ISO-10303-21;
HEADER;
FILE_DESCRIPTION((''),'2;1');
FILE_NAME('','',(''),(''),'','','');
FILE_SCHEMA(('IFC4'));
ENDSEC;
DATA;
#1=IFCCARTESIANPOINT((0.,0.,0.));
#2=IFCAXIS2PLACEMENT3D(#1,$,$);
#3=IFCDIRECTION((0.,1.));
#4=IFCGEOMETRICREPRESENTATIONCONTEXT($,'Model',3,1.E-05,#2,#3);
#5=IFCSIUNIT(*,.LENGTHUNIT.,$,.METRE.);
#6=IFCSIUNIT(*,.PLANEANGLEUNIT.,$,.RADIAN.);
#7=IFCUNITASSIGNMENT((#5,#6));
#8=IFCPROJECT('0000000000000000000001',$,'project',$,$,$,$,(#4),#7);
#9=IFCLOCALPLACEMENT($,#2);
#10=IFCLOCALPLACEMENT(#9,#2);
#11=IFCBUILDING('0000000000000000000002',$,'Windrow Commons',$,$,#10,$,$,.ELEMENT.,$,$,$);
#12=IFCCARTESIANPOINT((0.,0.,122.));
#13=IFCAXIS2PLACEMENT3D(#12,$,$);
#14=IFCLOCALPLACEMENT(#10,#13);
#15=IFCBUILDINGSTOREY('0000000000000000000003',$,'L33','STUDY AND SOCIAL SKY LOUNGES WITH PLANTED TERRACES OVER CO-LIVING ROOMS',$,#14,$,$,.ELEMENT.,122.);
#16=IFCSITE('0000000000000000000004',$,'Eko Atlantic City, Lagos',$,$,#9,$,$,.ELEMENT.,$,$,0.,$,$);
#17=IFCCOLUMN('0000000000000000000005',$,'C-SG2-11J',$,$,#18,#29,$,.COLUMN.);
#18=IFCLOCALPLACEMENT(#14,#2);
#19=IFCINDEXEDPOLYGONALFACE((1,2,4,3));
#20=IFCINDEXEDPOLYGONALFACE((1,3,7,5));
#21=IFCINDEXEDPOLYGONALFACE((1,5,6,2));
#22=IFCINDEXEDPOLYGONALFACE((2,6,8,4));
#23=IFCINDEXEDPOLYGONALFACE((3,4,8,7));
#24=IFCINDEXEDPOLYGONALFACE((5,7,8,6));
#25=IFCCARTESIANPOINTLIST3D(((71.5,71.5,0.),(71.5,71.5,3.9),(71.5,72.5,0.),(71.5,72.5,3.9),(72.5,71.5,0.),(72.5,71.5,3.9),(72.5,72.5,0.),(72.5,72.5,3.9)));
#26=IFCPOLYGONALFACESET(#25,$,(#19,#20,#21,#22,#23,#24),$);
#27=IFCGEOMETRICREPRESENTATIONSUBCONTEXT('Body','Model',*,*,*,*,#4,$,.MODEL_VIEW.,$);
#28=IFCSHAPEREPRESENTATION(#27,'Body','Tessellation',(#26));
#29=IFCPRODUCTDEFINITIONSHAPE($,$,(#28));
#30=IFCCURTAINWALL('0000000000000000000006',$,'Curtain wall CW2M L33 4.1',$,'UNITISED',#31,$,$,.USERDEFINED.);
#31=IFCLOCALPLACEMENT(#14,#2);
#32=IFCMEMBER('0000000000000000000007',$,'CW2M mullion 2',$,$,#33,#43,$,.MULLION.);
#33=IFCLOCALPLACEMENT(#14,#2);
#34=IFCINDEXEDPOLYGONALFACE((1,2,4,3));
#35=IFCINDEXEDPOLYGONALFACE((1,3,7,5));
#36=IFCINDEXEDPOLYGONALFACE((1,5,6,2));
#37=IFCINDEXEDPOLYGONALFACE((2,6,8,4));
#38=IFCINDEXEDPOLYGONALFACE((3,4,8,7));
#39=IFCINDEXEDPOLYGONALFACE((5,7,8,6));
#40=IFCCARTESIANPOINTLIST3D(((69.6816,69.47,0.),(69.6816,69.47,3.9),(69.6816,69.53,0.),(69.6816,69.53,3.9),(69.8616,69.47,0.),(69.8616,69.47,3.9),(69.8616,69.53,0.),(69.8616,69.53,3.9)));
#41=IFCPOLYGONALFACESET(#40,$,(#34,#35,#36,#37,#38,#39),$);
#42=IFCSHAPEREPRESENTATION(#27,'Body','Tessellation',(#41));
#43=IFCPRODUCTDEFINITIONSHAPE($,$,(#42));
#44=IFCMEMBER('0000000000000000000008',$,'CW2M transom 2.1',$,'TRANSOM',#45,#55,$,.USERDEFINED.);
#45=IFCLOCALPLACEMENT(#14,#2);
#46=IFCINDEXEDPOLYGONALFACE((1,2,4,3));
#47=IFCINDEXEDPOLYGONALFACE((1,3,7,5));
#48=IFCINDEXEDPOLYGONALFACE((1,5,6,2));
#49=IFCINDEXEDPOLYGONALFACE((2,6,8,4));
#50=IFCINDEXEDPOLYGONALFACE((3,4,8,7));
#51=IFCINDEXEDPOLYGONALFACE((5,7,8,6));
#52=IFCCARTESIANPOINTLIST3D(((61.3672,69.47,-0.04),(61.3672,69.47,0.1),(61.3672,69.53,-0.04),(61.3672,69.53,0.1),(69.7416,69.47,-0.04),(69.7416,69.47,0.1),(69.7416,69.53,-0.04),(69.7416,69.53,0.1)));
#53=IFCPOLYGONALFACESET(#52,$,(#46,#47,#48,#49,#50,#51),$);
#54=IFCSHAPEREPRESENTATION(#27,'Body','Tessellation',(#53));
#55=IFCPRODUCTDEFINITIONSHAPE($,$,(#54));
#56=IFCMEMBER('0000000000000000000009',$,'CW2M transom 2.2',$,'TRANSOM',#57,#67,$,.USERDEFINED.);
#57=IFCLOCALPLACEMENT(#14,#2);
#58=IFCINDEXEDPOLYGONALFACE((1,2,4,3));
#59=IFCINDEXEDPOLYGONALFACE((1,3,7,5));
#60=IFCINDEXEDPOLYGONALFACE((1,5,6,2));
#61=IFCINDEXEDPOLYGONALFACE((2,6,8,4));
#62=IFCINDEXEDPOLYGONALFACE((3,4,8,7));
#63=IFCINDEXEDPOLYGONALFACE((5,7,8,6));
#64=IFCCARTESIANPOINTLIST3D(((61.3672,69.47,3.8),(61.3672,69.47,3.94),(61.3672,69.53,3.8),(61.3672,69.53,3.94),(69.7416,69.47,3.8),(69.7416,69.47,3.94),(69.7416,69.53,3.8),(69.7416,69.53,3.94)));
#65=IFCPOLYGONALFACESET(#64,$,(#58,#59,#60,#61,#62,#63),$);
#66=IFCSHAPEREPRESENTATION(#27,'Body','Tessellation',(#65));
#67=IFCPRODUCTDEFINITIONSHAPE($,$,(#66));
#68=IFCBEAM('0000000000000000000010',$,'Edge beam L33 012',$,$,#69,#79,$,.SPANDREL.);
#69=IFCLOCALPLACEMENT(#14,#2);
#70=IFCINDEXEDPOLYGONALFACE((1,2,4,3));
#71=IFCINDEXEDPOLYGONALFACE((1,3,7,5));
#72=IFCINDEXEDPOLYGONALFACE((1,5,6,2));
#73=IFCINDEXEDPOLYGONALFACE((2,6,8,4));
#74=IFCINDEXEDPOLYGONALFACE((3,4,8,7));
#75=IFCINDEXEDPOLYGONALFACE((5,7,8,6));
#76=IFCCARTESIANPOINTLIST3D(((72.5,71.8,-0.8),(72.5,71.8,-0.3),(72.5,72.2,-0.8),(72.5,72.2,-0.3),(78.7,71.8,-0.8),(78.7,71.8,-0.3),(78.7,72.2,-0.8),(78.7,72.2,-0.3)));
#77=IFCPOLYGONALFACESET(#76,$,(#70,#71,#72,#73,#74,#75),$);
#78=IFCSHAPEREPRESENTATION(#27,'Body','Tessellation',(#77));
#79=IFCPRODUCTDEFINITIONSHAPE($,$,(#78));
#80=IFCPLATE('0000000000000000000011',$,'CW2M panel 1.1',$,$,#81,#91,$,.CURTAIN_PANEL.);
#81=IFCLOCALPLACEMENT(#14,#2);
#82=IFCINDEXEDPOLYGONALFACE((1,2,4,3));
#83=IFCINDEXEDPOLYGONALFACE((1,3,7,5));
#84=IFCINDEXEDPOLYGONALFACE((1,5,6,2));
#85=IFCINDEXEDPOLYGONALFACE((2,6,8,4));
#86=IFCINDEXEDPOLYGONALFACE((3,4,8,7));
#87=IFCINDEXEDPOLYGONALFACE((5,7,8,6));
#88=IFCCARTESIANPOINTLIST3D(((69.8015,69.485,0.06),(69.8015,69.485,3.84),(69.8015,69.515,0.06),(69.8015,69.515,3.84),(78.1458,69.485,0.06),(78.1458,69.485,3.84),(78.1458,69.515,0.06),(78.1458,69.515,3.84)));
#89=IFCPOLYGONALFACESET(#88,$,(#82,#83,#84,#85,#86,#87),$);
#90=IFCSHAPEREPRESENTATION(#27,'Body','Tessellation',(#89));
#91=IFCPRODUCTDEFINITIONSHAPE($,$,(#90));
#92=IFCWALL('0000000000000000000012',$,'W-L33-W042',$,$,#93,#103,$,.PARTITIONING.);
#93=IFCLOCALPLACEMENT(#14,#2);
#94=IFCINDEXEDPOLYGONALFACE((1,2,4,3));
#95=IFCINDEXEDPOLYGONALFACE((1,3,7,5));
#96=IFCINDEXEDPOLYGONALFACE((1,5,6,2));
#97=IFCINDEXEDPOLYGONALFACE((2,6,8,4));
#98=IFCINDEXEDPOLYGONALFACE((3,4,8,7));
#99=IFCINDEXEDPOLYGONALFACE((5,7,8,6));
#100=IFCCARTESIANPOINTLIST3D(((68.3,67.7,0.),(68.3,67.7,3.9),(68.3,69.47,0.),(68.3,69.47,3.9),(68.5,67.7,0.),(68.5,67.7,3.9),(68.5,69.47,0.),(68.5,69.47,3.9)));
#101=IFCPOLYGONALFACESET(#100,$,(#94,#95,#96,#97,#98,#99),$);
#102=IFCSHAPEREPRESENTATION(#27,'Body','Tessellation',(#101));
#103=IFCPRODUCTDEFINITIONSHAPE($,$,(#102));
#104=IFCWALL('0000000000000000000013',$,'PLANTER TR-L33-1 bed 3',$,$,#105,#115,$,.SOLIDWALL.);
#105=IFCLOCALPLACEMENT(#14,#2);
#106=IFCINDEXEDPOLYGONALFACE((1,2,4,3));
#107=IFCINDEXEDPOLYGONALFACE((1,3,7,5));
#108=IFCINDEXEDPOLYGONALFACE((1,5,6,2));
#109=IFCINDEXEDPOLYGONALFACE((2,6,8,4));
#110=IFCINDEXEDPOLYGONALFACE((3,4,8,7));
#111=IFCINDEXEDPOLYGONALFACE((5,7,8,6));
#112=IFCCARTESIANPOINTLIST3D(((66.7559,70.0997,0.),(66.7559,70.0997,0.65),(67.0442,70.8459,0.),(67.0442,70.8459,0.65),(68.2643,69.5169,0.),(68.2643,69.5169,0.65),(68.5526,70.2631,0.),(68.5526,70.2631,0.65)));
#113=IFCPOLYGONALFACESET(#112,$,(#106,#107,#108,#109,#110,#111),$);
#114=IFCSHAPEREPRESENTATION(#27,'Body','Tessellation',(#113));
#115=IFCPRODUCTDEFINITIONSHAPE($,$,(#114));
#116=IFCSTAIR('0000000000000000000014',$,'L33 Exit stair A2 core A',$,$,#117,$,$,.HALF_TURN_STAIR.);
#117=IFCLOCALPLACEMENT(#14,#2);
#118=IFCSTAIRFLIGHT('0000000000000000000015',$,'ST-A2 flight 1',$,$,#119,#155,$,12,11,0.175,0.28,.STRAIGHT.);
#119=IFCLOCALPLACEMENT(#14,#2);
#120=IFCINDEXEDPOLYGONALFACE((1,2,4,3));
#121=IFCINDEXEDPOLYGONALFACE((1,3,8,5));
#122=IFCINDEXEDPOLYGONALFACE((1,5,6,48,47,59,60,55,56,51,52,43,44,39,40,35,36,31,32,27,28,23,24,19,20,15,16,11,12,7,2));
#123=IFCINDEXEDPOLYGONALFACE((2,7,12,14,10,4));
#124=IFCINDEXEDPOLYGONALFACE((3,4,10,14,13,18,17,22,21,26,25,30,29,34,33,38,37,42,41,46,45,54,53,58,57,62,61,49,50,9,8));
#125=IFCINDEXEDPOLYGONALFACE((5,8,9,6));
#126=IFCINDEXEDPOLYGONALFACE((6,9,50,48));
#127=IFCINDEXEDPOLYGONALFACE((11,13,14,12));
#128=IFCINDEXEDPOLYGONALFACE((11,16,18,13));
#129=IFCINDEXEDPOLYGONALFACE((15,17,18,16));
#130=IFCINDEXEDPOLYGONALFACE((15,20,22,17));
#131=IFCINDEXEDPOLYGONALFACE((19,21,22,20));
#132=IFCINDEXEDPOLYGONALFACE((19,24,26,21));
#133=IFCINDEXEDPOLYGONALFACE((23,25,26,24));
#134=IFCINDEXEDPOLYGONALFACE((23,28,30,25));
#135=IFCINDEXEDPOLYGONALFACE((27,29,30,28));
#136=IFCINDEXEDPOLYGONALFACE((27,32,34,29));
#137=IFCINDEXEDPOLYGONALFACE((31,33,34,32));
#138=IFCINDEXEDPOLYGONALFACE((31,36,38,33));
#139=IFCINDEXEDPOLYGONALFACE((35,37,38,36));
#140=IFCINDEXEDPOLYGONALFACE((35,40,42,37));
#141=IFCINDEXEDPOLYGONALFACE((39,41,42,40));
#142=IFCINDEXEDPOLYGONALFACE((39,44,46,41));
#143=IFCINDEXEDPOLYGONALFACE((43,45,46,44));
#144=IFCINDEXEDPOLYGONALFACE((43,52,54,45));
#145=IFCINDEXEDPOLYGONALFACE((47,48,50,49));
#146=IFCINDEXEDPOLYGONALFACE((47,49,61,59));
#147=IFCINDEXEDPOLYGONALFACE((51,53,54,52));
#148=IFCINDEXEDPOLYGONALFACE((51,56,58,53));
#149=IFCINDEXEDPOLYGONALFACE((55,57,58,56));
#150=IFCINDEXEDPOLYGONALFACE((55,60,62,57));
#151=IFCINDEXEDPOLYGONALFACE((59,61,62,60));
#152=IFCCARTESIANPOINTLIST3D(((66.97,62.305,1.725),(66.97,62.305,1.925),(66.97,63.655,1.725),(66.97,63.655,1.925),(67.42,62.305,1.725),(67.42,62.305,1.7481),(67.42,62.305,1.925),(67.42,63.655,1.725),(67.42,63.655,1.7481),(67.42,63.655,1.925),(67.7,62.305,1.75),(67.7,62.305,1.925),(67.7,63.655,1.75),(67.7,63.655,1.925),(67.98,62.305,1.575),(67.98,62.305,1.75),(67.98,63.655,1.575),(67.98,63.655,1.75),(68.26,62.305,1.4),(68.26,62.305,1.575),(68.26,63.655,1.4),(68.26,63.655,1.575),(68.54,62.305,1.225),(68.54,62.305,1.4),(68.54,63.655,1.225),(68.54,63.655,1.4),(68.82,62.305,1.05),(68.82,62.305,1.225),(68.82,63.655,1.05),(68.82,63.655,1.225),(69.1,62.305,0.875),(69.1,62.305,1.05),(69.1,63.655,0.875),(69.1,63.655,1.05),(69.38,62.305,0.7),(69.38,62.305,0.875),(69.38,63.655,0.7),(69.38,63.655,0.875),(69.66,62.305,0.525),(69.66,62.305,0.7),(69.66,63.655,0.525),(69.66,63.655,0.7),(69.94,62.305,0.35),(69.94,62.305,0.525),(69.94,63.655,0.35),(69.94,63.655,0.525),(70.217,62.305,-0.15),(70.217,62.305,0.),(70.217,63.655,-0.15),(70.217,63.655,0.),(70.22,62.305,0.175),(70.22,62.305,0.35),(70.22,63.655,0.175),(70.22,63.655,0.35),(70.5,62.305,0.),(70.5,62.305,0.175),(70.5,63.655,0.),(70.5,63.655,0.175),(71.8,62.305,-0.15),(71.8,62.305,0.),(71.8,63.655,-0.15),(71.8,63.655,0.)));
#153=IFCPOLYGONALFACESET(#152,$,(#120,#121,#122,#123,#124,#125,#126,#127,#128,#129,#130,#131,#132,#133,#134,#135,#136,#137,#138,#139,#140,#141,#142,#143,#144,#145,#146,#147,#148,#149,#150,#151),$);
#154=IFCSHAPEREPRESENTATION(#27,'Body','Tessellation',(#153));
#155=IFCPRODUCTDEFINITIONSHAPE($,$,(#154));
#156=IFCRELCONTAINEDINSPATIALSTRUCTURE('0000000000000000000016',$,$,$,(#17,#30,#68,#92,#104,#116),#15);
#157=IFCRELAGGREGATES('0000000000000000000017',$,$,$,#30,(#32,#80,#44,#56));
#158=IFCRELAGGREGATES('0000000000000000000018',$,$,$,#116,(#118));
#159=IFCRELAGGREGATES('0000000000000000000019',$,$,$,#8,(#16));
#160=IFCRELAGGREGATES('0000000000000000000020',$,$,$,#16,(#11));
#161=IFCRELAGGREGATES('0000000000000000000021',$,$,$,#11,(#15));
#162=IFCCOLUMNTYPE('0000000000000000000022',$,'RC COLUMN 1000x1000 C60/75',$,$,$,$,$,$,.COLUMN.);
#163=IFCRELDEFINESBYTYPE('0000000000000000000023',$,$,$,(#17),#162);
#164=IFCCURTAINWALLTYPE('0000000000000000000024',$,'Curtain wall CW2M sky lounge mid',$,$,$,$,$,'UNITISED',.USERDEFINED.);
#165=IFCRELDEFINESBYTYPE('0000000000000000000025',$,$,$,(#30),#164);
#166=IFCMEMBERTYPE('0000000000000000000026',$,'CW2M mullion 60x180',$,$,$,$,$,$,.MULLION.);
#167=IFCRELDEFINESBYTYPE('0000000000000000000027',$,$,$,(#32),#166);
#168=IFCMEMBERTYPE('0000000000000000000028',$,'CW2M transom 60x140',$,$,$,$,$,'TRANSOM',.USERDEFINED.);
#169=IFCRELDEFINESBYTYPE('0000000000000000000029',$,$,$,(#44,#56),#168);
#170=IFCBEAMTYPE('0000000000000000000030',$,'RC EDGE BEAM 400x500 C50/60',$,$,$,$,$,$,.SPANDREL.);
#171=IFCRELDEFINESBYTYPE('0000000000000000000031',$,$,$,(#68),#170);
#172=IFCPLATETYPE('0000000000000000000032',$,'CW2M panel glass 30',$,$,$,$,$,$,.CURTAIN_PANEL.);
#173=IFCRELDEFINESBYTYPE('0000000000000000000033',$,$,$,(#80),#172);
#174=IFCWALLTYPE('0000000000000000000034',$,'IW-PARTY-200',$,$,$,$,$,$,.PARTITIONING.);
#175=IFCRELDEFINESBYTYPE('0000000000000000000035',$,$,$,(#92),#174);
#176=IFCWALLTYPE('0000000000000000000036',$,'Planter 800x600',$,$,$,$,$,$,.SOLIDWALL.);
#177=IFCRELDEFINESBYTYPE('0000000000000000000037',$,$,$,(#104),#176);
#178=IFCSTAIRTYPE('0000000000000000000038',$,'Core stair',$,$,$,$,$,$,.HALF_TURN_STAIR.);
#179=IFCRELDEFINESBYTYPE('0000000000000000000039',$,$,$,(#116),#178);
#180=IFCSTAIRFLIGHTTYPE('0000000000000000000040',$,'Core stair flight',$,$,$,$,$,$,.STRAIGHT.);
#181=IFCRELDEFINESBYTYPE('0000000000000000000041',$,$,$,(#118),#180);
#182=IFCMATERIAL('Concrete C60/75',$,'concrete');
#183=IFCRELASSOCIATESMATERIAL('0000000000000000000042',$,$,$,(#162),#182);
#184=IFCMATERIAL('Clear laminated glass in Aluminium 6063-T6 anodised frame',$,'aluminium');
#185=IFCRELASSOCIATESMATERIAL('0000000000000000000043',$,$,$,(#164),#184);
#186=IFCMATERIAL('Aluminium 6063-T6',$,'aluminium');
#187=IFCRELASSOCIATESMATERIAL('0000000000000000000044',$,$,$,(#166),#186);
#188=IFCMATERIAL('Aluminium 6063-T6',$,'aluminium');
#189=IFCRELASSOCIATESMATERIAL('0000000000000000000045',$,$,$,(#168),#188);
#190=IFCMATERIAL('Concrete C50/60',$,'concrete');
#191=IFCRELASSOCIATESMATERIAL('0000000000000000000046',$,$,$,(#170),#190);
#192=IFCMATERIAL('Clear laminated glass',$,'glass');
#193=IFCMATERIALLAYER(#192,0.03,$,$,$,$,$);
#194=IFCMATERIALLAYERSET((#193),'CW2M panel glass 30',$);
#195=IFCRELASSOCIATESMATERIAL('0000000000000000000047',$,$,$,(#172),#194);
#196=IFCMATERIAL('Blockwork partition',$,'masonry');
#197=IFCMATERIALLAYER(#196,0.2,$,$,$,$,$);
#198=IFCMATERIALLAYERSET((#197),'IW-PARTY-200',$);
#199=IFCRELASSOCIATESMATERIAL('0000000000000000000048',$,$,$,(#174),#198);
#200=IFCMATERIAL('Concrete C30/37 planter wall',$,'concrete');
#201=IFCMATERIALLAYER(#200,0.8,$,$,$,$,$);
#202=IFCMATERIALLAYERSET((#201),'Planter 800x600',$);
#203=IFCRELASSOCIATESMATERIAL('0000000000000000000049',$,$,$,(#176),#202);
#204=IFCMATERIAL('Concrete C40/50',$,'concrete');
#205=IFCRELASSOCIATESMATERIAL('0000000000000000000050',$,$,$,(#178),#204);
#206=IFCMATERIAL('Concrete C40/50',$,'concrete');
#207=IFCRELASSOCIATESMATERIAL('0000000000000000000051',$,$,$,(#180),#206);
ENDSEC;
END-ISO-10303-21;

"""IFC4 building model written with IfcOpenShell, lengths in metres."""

from ifc_helpers import new_model, si_unit, direction, frame, frame_2d, origin, origin_2d, place, context, subcontext, project, spatial, polyline, rectangle, outline, extrude, material, layer, layer_set, material_profile, profile_set, type_object, element, aggregate, save


model = new_model("IFC4")

# Units and contexts
model_context = context("Model", 3, precision=1e-05, world=origin(), true_north=direction((0.0, 1.0)))
body_context = subcontext(model_context, "Body", "Model", "MODEL_VIEW")
ifc_project = project(units=[si_unit("LENGTHUNIT", "METRE"), si_unit("PLANEANGLEUNIT", "RADIAN")], contexts=[model_context])

# Site, building, storey
site_placement = place(None, origin())
site = spatial("IfcSite", under=ifc_project, at=site_placement, Name="Eko Atlantic City, Lagos", CompositionType="ELEMENT", RefElevation=0.0)
building_placement = place(site_placement, origin())
building = spatial("IfcBuilding", under=site, at=building_placement, Name="Windrow Commons", CompositionType="ELEMENT")
storey_placement = place(building_placement, frame((0.0, 0.0, 122.0)))
storey = spatial("IfcBuildingStorey", under=building, at=storey_placement, Name="L33", Description="STUDY AND SOCIAL SKY LOUNGES WITH PLANTED TERRACES OVER CO-LIVING ROOMS", CompositionType="ELEMENT", Elevation=122.0)

# Column
ifc_material_1 = material(Name="Concrete C60/75", Category="concrete")
ifc_material_profile_1 = material_profile(ifc_material_1, rectangle(XDim=1.0, YDim=1.0, at=origin_2d()))
ifc_profile_set_1 = profile_set([ifc_material_profile_1], Name="Concrete C60/75")
column_type = type_object("IfcColumnType", Name="RC COLUMN 1000x1000 C60/75", PredefinedType="COLUMN", material=ifc_profile_set_1)
column_placement = place(storey_placement, frame((72.0, 72.0, 0.0), z_axis=(0.0, 0.0, 1.0), x_axis=(1.0, 0.0, 0.0)))
element("IfcColumn", 1, at=column_placement, inside=storey, type_object=column_type, Name="C-SG2-11J", PredefinedType="COLUMN", context=body_context, shape_type="SweptSolid", body=[
    extrude(rectangle(XDim=1.0, YDim=1.0, at=origin_2d()), origin(), (0.0, 0.0, 1.0), 3.9),
])

# Curtain wall, members
ifc_material_2 = material(Name="Clear laminated glass in Aluminium 6063-T6 anodised frame", Category="aluminium")
curtain_wall_type = type_object("IfcCurtainWallType", Name="Curtain wall CW2M sky lounge mid", ElementType="UNITISED", PredefinedType="USERDEFINED", material=ifc_material_2)
placement = place(storey_placement, origin())
curtain_wall = element("IfcCurtainWall", 2, at=placement, inside=storey, type_object=curtain_wall_type, Name="Curtain wall CW2M L33 4.1", ObjectType="UNITISED", PredefinedType="USERDEFINED")
ifc_material_3 = material(Name="Aluminium 6063-T6", Category="aluminium")
ifc_material_profile_2 = material_profile(ifc_material_3, rectangle(XDim=0.06, YDim=0.18, at=origin_2d()))
ifc_profile_set_2 = profile_set([ifc_material_profile_2], Name="Aluminium 6063-T6")
member_type_1 = type_object("IfcMemberType", Name="CW2M mullion 60x180", PredefinedType="MULLION", material=ifc_profile_set_2)
member_1_placement = place(storey_placement, frame((69.7716, 69.5, 0.0), z_axis=(0.0, 0.0, 1.0), x_axis=(0.0, -1.0, 0.0)))
member_1 = element("IfcMember", 3, at=member_1_placement, type_object=member_type_1, Name="CW2M mullion 2", PredefinedType="MULLION", context=body_context, shape_type="SweptSolid", body=[
    extrude(rectangle(XDim=0.06, YDim=0.18, at=origin_2d()), origin(), (0.0, 0.0, 1.0), 3.9),
])
ifc_material_4 = material(Name="Aluminium 6063-T6", Category="aluminium")
ifc_material_profile_3 = material_profile(ifc_material_4, rectangle(XDim=0.06, YDim=0.14, at=origin_2d()))
ifc_profile_set_3 = profile_set([ifc_material_profile_3], Name="Aluminium 6063-T6")
member_type_2 = type_object("IfcMemberType", Name="CW2M transom 60x140", ElementType="TRANSOM", PredefinedType="USERDEFINED", material=ifc_profile_set_3)
member_2_placement = place(storey_placement, frame((69.7416, 69.5, 0.03), z_axis=(-1.0, 0.0, 0.0), x_axis=(0.0, -1.0, 0.0)))
member_2 = element("IfcMember", 4, at=member_2_placement, type_object=member_type_2, Name="CW2M transom 2.1", ObjectType="TRANSOM", PredefinedType="USERDEFINED", context=body_context, shape_type="SweptSolid", body=[
    extrude(rectangle(XDim=0.06, YDim=0.14, at=origin_2d()), origin(), (0.0, 0.0, 1.0), 8.3744),
])
member_3_placement = place(storey_placement, frame((69.7416, 69.5, 3.87), z_axis=(-1.0, 0.0, 0.0), x_axis=(0.0, -1.0, 0.0)))
member_3 = element("IfcMember", 5, at=member_3_placement, type_object=member_type_2, Name="CW2M transom 2.2", ObjectType="TRANSOM", PredefinedType="USERDEFINED", context=body_context, shape_type="SweptSolid", body=[
    extrude(rectangle(XDim=0.06, YDim=0.14, at=origin_2d()), origin(), (0.0, 0.0, 1.0), 8.3744),
])

# Beam
ifc_material_5 = material(Name="Concrete C50/60", Category="concrete")
ifc_material_profile_4 = material_profile(ifc_material_5, rectangle(XDim=0.4, YDim=0.5, at=origin_2d()))
ifc_profile_set_4 = profile_set([ifc_material_profile_4], Name="Concrete C50/60")
beam_type = type_object("IfcBeamType", Name="RC EDGE BEAM 400x500 C50/60", PredefinedType="SPANDREL", material=ifc_profile_set_4)
beam_placement = place(storey_placement, frame((72.5, 72.0, -0.55), z_axis=(1.0, 0.0, 0.0), x_axis=(0.0, 1.0, 0.0)))
element("IfcBeam", 6, at=beam_placement, inside=storey, type_object=beam_type, Name="Edge beam L33 012", PredefinedType="SPANDREL", context=body_context, shape_type="SweptSolid", body=[
    extrude(rectangle(XDim=0.4, YDim=0.5, at=origin_2d()), origin(), (0.0, 0.0, 1.0), 6.2),
])

# Plate
ifc_material_6 = material(Name="Clear laminated glass", Category="glass")
ifc_layer_1 = layer(ifc_material_6, 0.03)
ifc_layer_set_1 = layer_set([ifc_layer_1], Name="CW2M panel glass 30")
plate_type = type_object("IfcPlateType", Name="CW2M panel glass 30", PredefinedType="CURTAIN_PANEL", material=ifc_layer_set_1)
plate_placement = place(storey_placement, frame((73.9737, 69.5, 0.06), z_axis=(0.0, 0.0, 1.0), x_axis=(-1.0, 0.0, 0.0)))
plate = element("IfcPlate", 7, at=plate_placement, type_object=plate_type, Name="CW2M panel 1.1", PredefinedType="CURTAIN_PANEL", context=body_context, shape_type="SweptSolid", body=[
    extrude(rectangle(XDim=8.3443, YDim=0.03, at=origin_2d()), origin(), (0.0, 0.0, 1.0), 3.78),
])
aggregate(curtain_wall, [member_1, plate, member_2, member_3])

# Walls
ifc_material_7 = material(Name="Blockwork partition", Category="masonry")
ifc_layer_2 = layer(ifc_material_7, 0.2)
ifc_layer_set_2 = layer_set([ifc_layer_2], Name="IW-PARTY-200")
wall_type_1 = type_object("IfcWallType", Name="IW-PARTY-200", PredefinedType="PARTITIONING", material=ifc_layer_set_2)
wall_1_placement = place(storey_placement, frame((68.4, 67.7, 0.0), z_axis=(0.0, 0.0, 1.0), x_axis=(0.0, 1.0, 0.0)))
element("IfcWall", 8, at=wall_1_placement, inside=storey, type_object=wall_type_1, Name="W-L33-W042", PredefinedType="PARTITIONING", context=body_context, shape_type="SweptSolid", body=[
    extrude(rectangle(XDim=1.77, YDim=0.2, at=frame_2d((0.885, 0.0))), origin(), (0.0, 0.0, 1.0), 3.9),
])
ifc_material_8 = material(Name="Concrete C30/37 planter wall", Category="concrete")
ifc_layer_3 = layer(ifc_material_8, 0.8)
ifc_layer_set_3 = layer_set([ifc_layer_3], Name="Planter 800x600")
wall_type_2 = type_object("IfcWallType", Name="Planter 800x600", PredefinedType="SOLIDWALL", material=ifc_layer_set_3)
wall_2_placement = place(storey_placement, frame((68.4084, 69.89, 0.0), z_axis=(0.0, 0.0, 1.0), x_axis=(-0.932796, 0.360404, 0.0)))
element("IfcWall", 9, at=wall_2_placement, inside=storey, type_object=wall_type_2, Name="PLANTER TR-L33-1 bed 3", PredefinedType="SOLIDWALL", context=body_context, shape_type="SweptSolid", body=[
    extrude(rectangle(XDim=1.6171, YDim=0.8, at=frame_2d((0.8085, 0.0))), origin(), (0.0, 0.0, 1.0), 0.65),
])

# Stair, stair flight
ifc_material_9 = material(Name="Concrete C40/50", Category="concrete")
stair_type = type_object("IfcStairType", Name="Core stair", PredefinedType="HALF_TURN_STAIR", material=ifc_material_9)
stair = element("IfcStair", 10, at=placement, inside=storey, type_object=stair_type, Name="L33 Exit stair A2 core A", PredefinedType="HALF_TURN_STAIR")
ifc_material_10 = material(Name="Concrete C40/50", Category="concrete")
stair_flight_type = type_object("IfcStairFlightType", Name="Core stair flight", PredefinedType="STRAIGHT", material=ifc_material_10)
stair_flight_placement = place(storey_placement, frame((70.5, 62.98, 0.0), z_axis=(0.0, 0.0, 1.0), x_axis=(-1.0, 0.0, 0.0)))
stair_flight = element("IfcStairFlight", 11, at=stair_flight_placement, type_object=stair_flight_type, Name="ST-A2 flight 1", NumberOfRisers=12, NumberOfTreads=11, PredefinedType="STRAIGHT", RiserHeight=0.175, TreadLength=0.28, context=body_context, shape_type="SweptSolid", body=[
    extrude(outline(polyline([(-1.3, -0.15), (-1.3, 0.0), (0.0, 0.0), (0.0, 0.175), (0.28, 0.175), (0.28, 0.35), (0.56, 0.35), (0.56, 0.525), (0.84, 0.525), (0.84, 0.7), (1.12, 0.7), (1.12, 0.875), (1.4, 0.875), (1.4, 1.05), (1.68, 1.05), (1.68, 1.225), (1.96, 1.225), (1.96, 1.4), (2.24, 1.4), (2.24, 1.575), (2.52, 1.575), (2.52, 1.75), (2.8, 1.75), (2.8, 1.925), (3.08, 1.925), (3.53, 1.925), (3.53, 1.725), (3.08, 1.725), (3.08, 1.7481), (0.283, 0.0), (0.283, -0.15), (-1.3, -0.15)])), frame((0.0, 0.675, 0.0), z_axis=(0.0, -1.0, 0.0), x_axis=(1.0, 0.0, 0.0)), (0.0, 0.0, 1.0), 1.35),
])
aggregate(stair, [stair_flight])

save(model, "model.ifc")
